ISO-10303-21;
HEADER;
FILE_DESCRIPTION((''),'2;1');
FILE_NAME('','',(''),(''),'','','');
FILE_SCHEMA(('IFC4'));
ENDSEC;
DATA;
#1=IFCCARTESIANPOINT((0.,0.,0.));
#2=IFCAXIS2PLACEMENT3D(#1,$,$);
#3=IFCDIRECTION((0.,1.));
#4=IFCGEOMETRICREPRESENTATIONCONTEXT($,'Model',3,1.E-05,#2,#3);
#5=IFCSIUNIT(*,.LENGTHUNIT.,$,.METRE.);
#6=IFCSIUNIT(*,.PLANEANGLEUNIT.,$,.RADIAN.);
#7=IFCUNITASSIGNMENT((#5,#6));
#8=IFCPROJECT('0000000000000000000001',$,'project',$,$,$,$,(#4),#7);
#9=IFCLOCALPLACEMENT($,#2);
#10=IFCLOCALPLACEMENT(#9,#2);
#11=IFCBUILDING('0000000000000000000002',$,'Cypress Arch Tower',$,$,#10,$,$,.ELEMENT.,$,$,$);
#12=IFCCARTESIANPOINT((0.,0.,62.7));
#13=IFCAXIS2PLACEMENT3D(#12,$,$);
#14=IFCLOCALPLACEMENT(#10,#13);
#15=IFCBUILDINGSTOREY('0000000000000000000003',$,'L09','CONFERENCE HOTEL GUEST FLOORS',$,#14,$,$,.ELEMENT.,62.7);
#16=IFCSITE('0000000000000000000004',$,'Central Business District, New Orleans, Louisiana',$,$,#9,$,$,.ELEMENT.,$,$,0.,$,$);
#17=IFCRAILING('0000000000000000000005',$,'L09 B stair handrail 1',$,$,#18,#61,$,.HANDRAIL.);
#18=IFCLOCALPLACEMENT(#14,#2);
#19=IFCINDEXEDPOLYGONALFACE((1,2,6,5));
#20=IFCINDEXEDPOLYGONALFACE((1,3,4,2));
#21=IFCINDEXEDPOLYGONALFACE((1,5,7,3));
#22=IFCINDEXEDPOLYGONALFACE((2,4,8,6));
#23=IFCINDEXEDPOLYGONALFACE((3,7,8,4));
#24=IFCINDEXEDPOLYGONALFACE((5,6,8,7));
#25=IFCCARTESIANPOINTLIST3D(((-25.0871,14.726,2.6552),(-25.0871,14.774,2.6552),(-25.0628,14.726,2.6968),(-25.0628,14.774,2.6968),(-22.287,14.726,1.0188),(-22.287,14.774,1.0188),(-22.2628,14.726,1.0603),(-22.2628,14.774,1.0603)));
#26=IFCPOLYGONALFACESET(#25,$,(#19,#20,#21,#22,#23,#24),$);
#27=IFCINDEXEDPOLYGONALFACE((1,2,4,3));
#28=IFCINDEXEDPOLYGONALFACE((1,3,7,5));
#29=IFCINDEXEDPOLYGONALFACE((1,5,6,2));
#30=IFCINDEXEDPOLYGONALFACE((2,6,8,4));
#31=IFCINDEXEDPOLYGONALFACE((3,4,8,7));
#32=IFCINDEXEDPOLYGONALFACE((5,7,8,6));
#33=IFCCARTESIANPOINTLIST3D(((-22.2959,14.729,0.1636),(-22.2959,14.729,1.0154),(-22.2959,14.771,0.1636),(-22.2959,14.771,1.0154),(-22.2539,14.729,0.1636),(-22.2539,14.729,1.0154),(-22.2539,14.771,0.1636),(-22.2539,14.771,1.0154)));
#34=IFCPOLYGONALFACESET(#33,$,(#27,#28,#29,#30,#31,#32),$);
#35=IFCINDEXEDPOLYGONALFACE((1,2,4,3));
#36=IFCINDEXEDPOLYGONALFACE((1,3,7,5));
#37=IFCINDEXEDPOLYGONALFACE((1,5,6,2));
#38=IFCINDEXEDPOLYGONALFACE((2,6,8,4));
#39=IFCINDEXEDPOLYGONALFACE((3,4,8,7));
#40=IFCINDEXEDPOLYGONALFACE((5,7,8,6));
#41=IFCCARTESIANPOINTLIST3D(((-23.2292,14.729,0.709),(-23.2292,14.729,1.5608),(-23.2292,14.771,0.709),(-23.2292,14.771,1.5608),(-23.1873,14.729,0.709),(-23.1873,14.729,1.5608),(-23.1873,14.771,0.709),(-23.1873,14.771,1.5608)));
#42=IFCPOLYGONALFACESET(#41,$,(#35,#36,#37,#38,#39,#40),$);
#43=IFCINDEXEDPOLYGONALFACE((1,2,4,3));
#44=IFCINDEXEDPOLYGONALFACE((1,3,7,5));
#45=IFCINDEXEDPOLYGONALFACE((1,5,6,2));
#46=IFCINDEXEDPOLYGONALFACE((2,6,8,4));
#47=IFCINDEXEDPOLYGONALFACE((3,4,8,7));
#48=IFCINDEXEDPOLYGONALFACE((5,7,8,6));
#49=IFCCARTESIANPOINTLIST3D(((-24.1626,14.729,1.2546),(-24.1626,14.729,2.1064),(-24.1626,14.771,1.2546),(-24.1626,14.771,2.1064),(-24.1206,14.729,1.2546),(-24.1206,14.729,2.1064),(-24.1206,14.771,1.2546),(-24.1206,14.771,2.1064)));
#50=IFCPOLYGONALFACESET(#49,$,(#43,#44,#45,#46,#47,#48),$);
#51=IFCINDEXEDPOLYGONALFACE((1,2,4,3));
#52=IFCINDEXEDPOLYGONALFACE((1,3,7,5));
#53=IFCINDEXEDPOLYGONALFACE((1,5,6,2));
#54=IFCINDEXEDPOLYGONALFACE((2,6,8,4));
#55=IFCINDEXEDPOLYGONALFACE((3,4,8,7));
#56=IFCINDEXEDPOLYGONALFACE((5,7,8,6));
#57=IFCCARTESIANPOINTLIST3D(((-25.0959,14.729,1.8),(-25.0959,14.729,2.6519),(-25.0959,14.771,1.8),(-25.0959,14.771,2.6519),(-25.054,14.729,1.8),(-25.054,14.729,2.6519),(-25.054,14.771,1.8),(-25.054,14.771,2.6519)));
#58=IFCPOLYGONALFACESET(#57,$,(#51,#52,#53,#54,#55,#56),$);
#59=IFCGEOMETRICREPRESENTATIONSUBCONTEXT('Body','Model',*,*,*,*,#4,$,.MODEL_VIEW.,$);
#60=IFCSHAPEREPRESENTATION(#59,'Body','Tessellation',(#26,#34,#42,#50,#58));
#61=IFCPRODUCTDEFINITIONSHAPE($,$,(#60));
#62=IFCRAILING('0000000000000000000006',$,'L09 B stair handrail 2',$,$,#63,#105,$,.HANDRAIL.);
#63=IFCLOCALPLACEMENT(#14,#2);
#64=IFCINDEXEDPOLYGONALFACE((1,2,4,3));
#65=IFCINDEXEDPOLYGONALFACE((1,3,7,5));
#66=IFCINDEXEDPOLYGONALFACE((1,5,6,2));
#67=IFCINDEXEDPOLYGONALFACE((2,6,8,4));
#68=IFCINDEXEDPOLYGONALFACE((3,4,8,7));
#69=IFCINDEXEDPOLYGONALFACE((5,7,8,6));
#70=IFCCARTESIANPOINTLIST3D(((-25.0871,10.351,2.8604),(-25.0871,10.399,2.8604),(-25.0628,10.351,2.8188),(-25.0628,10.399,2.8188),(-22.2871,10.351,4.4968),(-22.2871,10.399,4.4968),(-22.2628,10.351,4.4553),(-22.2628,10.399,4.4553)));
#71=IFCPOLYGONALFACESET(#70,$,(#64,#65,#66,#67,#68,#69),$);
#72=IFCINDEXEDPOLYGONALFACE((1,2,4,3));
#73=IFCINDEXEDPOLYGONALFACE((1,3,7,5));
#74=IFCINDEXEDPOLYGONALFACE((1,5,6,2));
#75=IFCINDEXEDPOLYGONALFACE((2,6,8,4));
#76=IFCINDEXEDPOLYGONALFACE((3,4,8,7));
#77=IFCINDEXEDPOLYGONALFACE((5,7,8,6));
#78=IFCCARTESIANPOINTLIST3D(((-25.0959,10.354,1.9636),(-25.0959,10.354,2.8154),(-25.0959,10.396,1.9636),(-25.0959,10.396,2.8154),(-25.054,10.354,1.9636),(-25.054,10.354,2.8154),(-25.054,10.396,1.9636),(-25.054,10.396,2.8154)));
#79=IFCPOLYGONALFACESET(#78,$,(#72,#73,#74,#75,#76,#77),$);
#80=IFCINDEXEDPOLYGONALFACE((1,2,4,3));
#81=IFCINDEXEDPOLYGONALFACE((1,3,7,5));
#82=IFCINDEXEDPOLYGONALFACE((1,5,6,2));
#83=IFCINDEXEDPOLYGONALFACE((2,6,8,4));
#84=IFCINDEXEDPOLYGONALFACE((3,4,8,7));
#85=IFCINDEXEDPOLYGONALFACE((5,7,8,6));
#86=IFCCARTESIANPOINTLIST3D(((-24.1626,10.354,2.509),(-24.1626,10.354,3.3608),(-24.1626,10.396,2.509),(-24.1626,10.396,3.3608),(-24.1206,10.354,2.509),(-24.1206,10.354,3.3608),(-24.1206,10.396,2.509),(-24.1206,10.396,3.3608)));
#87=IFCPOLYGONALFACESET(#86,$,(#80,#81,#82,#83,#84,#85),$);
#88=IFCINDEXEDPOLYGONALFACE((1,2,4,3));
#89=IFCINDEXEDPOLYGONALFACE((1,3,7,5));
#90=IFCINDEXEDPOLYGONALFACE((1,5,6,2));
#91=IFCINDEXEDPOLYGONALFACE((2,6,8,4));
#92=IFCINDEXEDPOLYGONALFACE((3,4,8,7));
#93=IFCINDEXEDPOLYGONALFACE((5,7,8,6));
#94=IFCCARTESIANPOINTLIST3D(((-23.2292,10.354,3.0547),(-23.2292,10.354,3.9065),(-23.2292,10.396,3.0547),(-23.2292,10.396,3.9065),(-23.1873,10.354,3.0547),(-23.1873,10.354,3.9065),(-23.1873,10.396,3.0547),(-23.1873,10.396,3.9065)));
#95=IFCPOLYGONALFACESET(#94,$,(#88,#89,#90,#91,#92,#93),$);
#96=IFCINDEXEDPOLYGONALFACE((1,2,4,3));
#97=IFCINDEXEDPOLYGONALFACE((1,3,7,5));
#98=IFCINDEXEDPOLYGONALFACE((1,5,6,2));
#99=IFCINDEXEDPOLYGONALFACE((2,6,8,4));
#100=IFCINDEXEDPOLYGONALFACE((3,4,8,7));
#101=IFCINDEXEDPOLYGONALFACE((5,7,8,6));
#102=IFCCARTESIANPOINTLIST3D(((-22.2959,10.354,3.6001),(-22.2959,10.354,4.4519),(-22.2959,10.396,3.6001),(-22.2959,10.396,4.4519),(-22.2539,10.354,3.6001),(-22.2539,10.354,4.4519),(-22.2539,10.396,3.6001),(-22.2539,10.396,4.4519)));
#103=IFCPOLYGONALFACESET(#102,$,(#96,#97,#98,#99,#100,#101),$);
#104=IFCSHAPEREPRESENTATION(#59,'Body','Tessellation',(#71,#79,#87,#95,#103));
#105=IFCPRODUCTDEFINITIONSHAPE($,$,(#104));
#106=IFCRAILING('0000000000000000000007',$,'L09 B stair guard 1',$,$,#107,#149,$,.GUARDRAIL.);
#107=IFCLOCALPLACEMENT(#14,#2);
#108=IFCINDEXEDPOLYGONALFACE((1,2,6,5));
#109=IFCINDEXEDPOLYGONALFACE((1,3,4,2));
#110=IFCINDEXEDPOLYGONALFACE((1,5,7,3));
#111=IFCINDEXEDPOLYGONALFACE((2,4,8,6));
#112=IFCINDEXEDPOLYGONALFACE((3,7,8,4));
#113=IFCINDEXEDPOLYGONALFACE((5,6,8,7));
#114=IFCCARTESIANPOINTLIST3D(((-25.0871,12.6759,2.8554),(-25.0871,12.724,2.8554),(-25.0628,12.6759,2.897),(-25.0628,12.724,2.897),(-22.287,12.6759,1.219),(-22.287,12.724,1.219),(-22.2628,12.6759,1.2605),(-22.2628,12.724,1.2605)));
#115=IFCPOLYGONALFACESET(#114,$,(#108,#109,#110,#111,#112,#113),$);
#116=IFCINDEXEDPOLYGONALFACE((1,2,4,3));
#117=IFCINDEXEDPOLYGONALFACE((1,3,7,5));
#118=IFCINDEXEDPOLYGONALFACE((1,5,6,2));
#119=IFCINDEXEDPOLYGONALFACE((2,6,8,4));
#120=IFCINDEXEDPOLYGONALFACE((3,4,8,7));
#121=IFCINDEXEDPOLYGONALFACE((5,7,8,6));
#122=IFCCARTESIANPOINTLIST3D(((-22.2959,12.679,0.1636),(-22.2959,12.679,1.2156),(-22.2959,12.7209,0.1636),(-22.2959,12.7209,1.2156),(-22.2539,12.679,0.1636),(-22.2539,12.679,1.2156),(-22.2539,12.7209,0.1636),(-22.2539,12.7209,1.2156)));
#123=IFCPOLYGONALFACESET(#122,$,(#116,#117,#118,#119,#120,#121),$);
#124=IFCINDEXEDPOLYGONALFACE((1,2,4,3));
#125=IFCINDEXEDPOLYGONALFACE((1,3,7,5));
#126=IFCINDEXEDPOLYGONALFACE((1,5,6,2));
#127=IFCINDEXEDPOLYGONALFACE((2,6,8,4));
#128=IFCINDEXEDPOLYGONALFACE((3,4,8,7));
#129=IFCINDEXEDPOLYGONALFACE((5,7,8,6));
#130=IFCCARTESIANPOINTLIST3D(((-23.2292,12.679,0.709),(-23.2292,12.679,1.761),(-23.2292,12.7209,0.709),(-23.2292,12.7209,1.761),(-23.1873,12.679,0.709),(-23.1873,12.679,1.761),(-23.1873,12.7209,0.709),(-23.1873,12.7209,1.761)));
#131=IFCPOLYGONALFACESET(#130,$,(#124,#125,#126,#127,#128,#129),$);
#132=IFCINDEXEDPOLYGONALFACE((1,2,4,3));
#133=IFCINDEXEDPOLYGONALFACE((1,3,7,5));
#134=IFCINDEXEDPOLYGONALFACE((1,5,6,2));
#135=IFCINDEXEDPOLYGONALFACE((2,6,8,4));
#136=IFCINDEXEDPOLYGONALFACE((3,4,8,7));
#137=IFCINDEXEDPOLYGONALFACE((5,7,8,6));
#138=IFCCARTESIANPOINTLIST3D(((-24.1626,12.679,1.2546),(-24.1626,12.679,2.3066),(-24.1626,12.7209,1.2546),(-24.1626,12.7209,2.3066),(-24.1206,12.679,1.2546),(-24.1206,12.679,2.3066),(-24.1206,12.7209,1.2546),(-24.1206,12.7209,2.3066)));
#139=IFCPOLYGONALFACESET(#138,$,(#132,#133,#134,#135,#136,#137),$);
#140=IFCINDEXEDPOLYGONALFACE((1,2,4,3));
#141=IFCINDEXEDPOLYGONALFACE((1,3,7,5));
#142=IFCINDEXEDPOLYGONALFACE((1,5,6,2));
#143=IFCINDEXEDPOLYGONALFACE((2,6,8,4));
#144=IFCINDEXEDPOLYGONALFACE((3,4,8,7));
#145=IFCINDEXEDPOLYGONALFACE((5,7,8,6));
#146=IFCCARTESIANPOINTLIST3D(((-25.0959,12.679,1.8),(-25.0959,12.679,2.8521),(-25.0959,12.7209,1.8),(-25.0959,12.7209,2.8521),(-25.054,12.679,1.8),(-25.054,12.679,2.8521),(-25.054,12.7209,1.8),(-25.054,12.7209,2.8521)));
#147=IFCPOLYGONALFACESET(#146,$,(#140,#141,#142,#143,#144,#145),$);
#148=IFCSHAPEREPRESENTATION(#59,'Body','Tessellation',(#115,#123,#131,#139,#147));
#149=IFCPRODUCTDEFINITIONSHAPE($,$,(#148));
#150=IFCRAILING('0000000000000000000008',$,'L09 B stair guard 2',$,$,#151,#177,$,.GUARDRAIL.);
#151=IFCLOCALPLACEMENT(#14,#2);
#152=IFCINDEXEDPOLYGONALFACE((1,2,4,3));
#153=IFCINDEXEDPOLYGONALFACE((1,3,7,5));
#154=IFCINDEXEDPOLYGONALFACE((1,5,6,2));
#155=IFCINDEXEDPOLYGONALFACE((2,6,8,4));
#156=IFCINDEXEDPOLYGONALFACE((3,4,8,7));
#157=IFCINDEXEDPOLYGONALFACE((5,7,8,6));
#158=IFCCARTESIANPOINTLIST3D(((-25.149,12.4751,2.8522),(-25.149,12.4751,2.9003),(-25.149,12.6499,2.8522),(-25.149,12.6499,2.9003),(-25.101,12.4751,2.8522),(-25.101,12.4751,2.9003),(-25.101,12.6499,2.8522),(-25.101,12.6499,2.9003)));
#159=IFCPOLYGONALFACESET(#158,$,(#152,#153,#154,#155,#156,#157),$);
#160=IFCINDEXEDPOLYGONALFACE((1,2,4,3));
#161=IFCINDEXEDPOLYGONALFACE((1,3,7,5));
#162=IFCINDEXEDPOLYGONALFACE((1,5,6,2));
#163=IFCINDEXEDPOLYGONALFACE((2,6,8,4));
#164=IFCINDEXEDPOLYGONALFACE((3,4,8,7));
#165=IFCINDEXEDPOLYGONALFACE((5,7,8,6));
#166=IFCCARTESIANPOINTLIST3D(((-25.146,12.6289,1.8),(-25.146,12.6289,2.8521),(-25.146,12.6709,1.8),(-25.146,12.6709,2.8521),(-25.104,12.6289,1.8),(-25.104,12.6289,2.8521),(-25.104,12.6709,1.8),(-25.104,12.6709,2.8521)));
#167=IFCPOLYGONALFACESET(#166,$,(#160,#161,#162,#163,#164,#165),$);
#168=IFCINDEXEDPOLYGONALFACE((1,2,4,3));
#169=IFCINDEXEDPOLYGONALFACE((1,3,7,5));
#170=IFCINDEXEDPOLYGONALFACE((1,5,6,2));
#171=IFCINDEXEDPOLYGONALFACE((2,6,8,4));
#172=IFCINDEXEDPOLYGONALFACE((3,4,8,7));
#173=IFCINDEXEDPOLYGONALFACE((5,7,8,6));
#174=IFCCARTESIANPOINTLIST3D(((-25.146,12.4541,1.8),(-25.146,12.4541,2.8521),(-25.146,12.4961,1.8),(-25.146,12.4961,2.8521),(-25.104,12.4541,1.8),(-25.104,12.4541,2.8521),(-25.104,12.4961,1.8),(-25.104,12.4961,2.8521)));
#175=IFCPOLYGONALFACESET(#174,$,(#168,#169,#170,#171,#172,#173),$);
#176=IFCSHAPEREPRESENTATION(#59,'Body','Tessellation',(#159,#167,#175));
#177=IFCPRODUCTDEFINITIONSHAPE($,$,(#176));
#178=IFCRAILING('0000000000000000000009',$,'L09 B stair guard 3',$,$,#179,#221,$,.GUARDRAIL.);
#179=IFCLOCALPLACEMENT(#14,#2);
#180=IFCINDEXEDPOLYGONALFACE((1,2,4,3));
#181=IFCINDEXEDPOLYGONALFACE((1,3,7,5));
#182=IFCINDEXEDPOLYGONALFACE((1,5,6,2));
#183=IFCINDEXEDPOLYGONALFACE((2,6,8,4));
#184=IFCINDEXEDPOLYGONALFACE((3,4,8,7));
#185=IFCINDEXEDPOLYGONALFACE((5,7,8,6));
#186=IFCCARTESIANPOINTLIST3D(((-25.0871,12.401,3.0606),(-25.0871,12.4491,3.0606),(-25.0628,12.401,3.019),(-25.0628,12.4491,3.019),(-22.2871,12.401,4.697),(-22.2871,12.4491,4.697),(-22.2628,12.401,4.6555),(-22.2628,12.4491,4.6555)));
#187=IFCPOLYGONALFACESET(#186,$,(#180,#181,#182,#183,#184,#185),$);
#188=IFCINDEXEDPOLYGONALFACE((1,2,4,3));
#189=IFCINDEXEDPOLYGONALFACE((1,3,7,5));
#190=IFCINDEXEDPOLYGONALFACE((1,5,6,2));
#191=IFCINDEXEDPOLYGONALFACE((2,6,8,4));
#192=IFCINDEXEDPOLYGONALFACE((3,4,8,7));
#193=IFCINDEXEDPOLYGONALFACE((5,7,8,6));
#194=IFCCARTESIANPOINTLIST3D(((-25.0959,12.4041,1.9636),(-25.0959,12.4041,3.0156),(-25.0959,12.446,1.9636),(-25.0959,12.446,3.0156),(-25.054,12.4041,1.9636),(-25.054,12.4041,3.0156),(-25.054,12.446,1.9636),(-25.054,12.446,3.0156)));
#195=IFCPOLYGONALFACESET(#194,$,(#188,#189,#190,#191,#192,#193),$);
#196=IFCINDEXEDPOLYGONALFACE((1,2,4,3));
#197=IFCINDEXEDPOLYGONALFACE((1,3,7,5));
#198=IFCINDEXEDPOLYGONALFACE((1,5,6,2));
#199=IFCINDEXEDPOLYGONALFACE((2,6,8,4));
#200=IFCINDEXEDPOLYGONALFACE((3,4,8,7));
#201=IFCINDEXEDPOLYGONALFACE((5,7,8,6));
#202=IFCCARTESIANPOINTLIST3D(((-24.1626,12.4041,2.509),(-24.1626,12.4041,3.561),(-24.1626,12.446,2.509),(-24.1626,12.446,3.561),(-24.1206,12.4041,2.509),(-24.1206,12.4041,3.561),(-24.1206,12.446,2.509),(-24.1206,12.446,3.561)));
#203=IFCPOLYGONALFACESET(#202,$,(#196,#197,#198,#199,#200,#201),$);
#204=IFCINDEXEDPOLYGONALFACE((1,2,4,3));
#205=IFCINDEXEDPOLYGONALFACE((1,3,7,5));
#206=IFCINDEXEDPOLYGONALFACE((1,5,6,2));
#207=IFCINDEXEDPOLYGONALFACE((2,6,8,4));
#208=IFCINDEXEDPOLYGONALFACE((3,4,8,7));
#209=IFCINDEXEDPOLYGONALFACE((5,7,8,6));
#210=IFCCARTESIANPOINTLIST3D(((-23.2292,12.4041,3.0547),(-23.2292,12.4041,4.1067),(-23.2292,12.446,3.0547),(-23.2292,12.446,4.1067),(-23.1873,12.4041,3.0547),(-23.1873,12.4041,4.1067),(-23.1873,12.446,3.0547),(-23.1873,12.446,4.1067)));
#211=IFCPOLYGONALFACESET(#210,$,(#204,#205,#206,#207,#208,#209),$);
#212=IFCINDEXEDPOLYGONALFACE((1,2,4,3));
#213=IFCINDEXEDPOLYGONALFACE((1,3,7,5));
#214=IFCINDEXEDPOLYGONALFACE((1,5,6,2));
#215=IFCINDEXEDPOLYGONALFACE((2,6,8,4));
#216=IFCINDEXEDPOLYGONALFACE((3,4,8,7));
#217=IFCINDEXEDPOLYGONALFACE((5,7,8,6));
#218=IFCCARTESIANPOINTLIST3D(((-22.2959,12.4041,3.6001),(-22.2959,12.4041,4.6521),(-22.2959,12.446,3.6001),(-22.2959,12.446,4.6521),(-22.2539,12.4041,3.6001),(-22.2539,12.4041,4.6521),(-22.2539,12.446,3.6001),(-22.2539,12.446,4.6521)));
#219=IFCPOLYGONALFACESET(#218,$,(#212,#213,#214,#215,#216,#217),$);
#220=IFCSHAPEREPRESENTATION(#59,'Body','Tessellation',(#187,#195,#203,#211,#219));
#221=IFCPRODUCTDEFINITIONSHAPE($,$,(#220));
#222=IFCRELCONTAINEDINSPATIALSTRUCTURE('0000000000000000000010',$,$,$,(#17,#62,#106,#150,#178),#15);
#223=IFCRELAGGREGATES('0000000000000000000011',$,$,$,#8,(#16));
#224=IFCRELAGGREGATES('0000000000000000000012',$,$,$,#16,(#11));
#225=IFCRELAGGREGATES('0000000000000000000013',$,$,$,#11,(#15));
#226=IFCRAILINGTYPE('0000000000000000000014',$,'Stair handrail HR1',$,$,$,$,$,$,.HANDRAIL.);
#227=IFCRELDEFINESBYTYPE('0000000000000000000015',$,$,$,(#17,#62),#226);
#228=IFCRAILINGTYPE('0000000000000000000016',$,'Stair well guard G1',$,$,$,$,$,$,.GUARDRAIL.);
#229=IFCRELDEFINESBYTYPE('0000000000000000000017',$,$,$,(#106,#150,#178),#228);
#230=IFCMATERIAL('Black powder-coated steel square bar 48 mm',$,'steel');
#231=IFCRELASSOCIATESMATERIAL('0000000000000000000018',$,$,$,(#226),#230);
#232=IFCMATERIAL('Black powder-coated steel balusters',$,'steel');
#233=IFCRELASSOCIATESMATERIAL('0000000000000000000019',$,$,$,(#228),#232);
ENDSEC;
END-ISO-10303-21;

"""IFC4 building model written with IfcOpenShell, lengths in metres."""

from ifc_helpers import new_model, si_unit, direction, frame, origin, origin_2d, place, context, subcontext, project, spatial, rectangle, extrude, material, type_object, element, save


model = new_model("IFC4")

# Units and contexts
model_context = context("Model", 3, precision=1e-05, world=origin(), true_north=direction((0.0, 1.0)))
body_context = subcontext(model_context, "Body", "Model", "MODEL_VIEW")
ifc_project = project(units=[si_unit("LENGTHUNIT", "METRE"), si_unit("PLANEANGLEUNIT", "RADIAN")], contexts=[model_context])

# Site, building, storey
site_placement = place(None, origin())
site = spatial("IfcSite", under=ifc_project, at=site_placement, Name="Central Business District, New Orleans, Louisiana", CompositionType="ELEMENT", RefElevation=0.0)
building_placement = place(site_placement, origin())
building = spatial("IfcBuilding", under=site, at=building_placement, Name="Cypress Arch Tower", CompositionType="ELEMENT")
storey_placement = place(building_placement, frame((0.0, 0.0, 62.7)))
storey = spatial("IfcBuildingStorey", under=building, at=storey_placement, Name="L09", Description="CONFERENCE HOTEL GUEST FLOORS", CompositionType="ELEMENT", Elevation=62.7)

# Railings
ifc_material_1 = material(Name="Black powder-coated steel square bar 48 mm", Category="steel")
railing_type_1 = type_object("IfcRailingType", Name="Stair handrail HR1", PredefinedType="HANDRAIL", material=ifc_material_1)
railing_1_placement = place(storey_placement, frame((-22.2749, 14.75, 0.1636)))
element("IfcRailing", 1, at=railing_1_placement, inside=storey, type_object=railing_type_1, Name="L09 B stair handrail 1", PredefinedType="HANDRAIL", context=body_context, shape_type="SweptSolid", body=[
    extrude(rectangle(XDim=0.0481, YDim=0.0481, at=origin_2d()), frame((0.0, 0.0, 0.876), z_axis=(-0.863361, 0.0, 0.504587), x_axis=(0.0, -1.0, 0.0)), (0.0, 0.0, 1.0), 3.2432),
    extrude(rectangle(XDim=0.042, YDim=0.042, at=origin_2d()), origin(), (0.0, 0.0, 1.0), 0.8518),
    extrude(rectangle(XDim=0.042, YDim=0.042, at=origin_2d()), frame((-0.9333, 0.0, 0.5454)), (0.0, 0.0, 1.0), 0.8518),
    extrude(rectangle(XDim=0.042, YDim=0.042, at=origin_2d()), frame((-1.8667, 0.0, 1.0911)), (0.0, 0.0, 1.0), 0.8518),
    extrude(rectangle(XDim=0.042, YDim=0.042, at=origin_2d()), frame((-2.8, 0.0, 1.6365)), (0.0, 0.0, 1.0), 0.8518),
])
railing_2_placement = place(storey_placement, frame((-25.075, 10.375, 1.9636)))
element("IfcRailing", 2, at=railing_2_placement, inside=storey, type_object=railing_type_1, Name="L09 B stair handrail 2", PredefinedType="HANDRAIL", context=body_context, shape_type="SweptSolid", body=[
    extrude(rectangle(XDim=0.0481, YDim=0.0481, at=origin_2d()), frame((0.0, 0.0, 0.876), z_axis=(0.863361, 0.0, 0.504587), x_axis=(0.0, 1.0, 0.0)), (0.0, 0.0, 1.0), 3.2432),
    extrude(rectangle(XDim=0.042, YDim=0.042, at=origin_2d()), origin(), (0.0, 0.0, 1.0), 0.8518),
    extrude(rectangle(XDim=0.042, YDim=0.042, at=origin_2d()), frame((0.9333, 0.0, 0.5454)), (0.0, 0.0, 1.0), 0.8518),
    extrude(rectangle(XDim=0.042, YDim=0.042, at=origin_2d()), frame((1.8667, 0.0, 1.0911)), (0.0, 0.0, 1.0), 0.8518),
    extrude(rectangle(XDim=0.042, YDim=0.042, at=origin_2d()), frame((2.8, 0.0, 1.6365)), (0.0, 0.0, 1.0), 0.8518),
])
ifc_material_2 = material(Name="Black powder-coated steel balusters", Category="steel")
railing_type_2 = type_object("IfcRailingType", Name="Stair well guard G1", PredefinedType="GUARDRAIL", material=ifc_material_2)
railing_3_placement = place(storey_placement, frame((-22.2749, 12.7, 0.1636)))
element("IfcRailing", 3, at=railing_3_placement, inside=storey, type_object=railing_type_2, Name="L09 B stair guard 1", PredefinedType="GUARDRAIL", context=body_context, shape_type="SweptSolid", body=[
    extrude(rectangle(XDim=0.0481, YDim=0.0481, at=origin_2d()), frame((0.0, 0.0, 1.0762), z_axis=(-0.863361, 0.0, 0.504587), x_axis=(0.0, -1.0, 0.0)), (0.0, 0.0, 1.0), 3.2432),
    extrude(rectangle(XDim=0.042, YDim=0.042, at=origin_2d()), origin(), (0.0, 0.0, 1.0), 1.052),
    extrude(rectangle(XDim=0.042, YDim=0.042, at=origin_2d()), frame((-0.9333, 0.0, 0.5454)), (0.0, 0.0, 1.0), 1.052),
    extrude(rectangle(XDim=0.042, YDim=0.042, at=origin_2d()), frame((-1.8667, 0.0, 1.0911)), (0.0, 0.0, 1.0), 1.052),
    extrude(rectangle(XDim=0.042, YDim=0.042, at=origin_2d()), frame((-2.8, 0.0, 1.6365)), (0.0, 0.0, 1.0), 1.052),
])
railing_4_placement = place(storey_placement, frame((-25.125, 12.6499, 1.8)))
element("IfcRailing", 4, at=railing_4_placement, inside=storey, type_object=railing_type_2, Name="L09 B stair guard 2", PredefinedType="GUARDRAIL", context=body_context, shape_type="SweptSolid", body=[
    extrude(rectangle(XDim=0.0481, YDim=0.0481, at=origin_2d()), frame((0.0, 0.0, 1.0762), z_axis=(0.0, -1.0, 0.0), x_axis=(1.0, 0.0, 0.0)), (0.0, 0.0, 1.0), 0.1748),
    extrude(rectangle(XDim=0.042, YDim=0.042, at=origin_2d()), origin(), (0.0, 0.0, 1.0), 1.052),
    extrude(rectangle(XDim=0.042, YDim=0.042, at=origin_2d()), frame((0.0, -0.1748, 0.0)), (0.0, 0.0, 1.0), 1.052),
])
railing_5_placement = place(storey_placement, frame((-25.075, 12.425, 1.9636)))
element("IfcRailing", 5, at=railing_5_placement, inside=storey, type_object=railing_type_2, Name="L09 B stair guard 3", PredefinedType="GUARDRAIL", context=body_context, shape_type="SweptSolid", body=[
    extrude(rectangle(XDim=0.0481, YDim=0.0481, at=origin_2d()), frame((0.0, 0.0, 1.0762), z_axis=(0.863361, 0.0, 0.504587), x_axis=(0.0, 1.0, 0.0)), (0.0, 0.0, 1.0), 3.2432),
    extrude(rectangle(XDim=0.042, YDim=0.042, at=origin_2d()), origin(), (0.0, 0.0, 1.0), 1.052),
    extrude(rectangle(XDim=0.042, YDim=0.042, at=origin_2d()), frame((0.9333, 0.0, 0.5454)), (0.0, 0.0, 1.0), 1.052),
    extrude(rectangle(XDim=0.042, YDim=0.042, at=origin_2d()), frame((1.8667, 0.0, 1.0911)), (0.0, 0.0, 1.0), 1.052),
    extrude(rectangle(XDim=0.042, YDim=0.042, at=origin_2d()), frame((2.8, 0.0, 1.6365)), (0.0, 0.0, 1.0), 1.052),
])

save(model, "model.ifc")
